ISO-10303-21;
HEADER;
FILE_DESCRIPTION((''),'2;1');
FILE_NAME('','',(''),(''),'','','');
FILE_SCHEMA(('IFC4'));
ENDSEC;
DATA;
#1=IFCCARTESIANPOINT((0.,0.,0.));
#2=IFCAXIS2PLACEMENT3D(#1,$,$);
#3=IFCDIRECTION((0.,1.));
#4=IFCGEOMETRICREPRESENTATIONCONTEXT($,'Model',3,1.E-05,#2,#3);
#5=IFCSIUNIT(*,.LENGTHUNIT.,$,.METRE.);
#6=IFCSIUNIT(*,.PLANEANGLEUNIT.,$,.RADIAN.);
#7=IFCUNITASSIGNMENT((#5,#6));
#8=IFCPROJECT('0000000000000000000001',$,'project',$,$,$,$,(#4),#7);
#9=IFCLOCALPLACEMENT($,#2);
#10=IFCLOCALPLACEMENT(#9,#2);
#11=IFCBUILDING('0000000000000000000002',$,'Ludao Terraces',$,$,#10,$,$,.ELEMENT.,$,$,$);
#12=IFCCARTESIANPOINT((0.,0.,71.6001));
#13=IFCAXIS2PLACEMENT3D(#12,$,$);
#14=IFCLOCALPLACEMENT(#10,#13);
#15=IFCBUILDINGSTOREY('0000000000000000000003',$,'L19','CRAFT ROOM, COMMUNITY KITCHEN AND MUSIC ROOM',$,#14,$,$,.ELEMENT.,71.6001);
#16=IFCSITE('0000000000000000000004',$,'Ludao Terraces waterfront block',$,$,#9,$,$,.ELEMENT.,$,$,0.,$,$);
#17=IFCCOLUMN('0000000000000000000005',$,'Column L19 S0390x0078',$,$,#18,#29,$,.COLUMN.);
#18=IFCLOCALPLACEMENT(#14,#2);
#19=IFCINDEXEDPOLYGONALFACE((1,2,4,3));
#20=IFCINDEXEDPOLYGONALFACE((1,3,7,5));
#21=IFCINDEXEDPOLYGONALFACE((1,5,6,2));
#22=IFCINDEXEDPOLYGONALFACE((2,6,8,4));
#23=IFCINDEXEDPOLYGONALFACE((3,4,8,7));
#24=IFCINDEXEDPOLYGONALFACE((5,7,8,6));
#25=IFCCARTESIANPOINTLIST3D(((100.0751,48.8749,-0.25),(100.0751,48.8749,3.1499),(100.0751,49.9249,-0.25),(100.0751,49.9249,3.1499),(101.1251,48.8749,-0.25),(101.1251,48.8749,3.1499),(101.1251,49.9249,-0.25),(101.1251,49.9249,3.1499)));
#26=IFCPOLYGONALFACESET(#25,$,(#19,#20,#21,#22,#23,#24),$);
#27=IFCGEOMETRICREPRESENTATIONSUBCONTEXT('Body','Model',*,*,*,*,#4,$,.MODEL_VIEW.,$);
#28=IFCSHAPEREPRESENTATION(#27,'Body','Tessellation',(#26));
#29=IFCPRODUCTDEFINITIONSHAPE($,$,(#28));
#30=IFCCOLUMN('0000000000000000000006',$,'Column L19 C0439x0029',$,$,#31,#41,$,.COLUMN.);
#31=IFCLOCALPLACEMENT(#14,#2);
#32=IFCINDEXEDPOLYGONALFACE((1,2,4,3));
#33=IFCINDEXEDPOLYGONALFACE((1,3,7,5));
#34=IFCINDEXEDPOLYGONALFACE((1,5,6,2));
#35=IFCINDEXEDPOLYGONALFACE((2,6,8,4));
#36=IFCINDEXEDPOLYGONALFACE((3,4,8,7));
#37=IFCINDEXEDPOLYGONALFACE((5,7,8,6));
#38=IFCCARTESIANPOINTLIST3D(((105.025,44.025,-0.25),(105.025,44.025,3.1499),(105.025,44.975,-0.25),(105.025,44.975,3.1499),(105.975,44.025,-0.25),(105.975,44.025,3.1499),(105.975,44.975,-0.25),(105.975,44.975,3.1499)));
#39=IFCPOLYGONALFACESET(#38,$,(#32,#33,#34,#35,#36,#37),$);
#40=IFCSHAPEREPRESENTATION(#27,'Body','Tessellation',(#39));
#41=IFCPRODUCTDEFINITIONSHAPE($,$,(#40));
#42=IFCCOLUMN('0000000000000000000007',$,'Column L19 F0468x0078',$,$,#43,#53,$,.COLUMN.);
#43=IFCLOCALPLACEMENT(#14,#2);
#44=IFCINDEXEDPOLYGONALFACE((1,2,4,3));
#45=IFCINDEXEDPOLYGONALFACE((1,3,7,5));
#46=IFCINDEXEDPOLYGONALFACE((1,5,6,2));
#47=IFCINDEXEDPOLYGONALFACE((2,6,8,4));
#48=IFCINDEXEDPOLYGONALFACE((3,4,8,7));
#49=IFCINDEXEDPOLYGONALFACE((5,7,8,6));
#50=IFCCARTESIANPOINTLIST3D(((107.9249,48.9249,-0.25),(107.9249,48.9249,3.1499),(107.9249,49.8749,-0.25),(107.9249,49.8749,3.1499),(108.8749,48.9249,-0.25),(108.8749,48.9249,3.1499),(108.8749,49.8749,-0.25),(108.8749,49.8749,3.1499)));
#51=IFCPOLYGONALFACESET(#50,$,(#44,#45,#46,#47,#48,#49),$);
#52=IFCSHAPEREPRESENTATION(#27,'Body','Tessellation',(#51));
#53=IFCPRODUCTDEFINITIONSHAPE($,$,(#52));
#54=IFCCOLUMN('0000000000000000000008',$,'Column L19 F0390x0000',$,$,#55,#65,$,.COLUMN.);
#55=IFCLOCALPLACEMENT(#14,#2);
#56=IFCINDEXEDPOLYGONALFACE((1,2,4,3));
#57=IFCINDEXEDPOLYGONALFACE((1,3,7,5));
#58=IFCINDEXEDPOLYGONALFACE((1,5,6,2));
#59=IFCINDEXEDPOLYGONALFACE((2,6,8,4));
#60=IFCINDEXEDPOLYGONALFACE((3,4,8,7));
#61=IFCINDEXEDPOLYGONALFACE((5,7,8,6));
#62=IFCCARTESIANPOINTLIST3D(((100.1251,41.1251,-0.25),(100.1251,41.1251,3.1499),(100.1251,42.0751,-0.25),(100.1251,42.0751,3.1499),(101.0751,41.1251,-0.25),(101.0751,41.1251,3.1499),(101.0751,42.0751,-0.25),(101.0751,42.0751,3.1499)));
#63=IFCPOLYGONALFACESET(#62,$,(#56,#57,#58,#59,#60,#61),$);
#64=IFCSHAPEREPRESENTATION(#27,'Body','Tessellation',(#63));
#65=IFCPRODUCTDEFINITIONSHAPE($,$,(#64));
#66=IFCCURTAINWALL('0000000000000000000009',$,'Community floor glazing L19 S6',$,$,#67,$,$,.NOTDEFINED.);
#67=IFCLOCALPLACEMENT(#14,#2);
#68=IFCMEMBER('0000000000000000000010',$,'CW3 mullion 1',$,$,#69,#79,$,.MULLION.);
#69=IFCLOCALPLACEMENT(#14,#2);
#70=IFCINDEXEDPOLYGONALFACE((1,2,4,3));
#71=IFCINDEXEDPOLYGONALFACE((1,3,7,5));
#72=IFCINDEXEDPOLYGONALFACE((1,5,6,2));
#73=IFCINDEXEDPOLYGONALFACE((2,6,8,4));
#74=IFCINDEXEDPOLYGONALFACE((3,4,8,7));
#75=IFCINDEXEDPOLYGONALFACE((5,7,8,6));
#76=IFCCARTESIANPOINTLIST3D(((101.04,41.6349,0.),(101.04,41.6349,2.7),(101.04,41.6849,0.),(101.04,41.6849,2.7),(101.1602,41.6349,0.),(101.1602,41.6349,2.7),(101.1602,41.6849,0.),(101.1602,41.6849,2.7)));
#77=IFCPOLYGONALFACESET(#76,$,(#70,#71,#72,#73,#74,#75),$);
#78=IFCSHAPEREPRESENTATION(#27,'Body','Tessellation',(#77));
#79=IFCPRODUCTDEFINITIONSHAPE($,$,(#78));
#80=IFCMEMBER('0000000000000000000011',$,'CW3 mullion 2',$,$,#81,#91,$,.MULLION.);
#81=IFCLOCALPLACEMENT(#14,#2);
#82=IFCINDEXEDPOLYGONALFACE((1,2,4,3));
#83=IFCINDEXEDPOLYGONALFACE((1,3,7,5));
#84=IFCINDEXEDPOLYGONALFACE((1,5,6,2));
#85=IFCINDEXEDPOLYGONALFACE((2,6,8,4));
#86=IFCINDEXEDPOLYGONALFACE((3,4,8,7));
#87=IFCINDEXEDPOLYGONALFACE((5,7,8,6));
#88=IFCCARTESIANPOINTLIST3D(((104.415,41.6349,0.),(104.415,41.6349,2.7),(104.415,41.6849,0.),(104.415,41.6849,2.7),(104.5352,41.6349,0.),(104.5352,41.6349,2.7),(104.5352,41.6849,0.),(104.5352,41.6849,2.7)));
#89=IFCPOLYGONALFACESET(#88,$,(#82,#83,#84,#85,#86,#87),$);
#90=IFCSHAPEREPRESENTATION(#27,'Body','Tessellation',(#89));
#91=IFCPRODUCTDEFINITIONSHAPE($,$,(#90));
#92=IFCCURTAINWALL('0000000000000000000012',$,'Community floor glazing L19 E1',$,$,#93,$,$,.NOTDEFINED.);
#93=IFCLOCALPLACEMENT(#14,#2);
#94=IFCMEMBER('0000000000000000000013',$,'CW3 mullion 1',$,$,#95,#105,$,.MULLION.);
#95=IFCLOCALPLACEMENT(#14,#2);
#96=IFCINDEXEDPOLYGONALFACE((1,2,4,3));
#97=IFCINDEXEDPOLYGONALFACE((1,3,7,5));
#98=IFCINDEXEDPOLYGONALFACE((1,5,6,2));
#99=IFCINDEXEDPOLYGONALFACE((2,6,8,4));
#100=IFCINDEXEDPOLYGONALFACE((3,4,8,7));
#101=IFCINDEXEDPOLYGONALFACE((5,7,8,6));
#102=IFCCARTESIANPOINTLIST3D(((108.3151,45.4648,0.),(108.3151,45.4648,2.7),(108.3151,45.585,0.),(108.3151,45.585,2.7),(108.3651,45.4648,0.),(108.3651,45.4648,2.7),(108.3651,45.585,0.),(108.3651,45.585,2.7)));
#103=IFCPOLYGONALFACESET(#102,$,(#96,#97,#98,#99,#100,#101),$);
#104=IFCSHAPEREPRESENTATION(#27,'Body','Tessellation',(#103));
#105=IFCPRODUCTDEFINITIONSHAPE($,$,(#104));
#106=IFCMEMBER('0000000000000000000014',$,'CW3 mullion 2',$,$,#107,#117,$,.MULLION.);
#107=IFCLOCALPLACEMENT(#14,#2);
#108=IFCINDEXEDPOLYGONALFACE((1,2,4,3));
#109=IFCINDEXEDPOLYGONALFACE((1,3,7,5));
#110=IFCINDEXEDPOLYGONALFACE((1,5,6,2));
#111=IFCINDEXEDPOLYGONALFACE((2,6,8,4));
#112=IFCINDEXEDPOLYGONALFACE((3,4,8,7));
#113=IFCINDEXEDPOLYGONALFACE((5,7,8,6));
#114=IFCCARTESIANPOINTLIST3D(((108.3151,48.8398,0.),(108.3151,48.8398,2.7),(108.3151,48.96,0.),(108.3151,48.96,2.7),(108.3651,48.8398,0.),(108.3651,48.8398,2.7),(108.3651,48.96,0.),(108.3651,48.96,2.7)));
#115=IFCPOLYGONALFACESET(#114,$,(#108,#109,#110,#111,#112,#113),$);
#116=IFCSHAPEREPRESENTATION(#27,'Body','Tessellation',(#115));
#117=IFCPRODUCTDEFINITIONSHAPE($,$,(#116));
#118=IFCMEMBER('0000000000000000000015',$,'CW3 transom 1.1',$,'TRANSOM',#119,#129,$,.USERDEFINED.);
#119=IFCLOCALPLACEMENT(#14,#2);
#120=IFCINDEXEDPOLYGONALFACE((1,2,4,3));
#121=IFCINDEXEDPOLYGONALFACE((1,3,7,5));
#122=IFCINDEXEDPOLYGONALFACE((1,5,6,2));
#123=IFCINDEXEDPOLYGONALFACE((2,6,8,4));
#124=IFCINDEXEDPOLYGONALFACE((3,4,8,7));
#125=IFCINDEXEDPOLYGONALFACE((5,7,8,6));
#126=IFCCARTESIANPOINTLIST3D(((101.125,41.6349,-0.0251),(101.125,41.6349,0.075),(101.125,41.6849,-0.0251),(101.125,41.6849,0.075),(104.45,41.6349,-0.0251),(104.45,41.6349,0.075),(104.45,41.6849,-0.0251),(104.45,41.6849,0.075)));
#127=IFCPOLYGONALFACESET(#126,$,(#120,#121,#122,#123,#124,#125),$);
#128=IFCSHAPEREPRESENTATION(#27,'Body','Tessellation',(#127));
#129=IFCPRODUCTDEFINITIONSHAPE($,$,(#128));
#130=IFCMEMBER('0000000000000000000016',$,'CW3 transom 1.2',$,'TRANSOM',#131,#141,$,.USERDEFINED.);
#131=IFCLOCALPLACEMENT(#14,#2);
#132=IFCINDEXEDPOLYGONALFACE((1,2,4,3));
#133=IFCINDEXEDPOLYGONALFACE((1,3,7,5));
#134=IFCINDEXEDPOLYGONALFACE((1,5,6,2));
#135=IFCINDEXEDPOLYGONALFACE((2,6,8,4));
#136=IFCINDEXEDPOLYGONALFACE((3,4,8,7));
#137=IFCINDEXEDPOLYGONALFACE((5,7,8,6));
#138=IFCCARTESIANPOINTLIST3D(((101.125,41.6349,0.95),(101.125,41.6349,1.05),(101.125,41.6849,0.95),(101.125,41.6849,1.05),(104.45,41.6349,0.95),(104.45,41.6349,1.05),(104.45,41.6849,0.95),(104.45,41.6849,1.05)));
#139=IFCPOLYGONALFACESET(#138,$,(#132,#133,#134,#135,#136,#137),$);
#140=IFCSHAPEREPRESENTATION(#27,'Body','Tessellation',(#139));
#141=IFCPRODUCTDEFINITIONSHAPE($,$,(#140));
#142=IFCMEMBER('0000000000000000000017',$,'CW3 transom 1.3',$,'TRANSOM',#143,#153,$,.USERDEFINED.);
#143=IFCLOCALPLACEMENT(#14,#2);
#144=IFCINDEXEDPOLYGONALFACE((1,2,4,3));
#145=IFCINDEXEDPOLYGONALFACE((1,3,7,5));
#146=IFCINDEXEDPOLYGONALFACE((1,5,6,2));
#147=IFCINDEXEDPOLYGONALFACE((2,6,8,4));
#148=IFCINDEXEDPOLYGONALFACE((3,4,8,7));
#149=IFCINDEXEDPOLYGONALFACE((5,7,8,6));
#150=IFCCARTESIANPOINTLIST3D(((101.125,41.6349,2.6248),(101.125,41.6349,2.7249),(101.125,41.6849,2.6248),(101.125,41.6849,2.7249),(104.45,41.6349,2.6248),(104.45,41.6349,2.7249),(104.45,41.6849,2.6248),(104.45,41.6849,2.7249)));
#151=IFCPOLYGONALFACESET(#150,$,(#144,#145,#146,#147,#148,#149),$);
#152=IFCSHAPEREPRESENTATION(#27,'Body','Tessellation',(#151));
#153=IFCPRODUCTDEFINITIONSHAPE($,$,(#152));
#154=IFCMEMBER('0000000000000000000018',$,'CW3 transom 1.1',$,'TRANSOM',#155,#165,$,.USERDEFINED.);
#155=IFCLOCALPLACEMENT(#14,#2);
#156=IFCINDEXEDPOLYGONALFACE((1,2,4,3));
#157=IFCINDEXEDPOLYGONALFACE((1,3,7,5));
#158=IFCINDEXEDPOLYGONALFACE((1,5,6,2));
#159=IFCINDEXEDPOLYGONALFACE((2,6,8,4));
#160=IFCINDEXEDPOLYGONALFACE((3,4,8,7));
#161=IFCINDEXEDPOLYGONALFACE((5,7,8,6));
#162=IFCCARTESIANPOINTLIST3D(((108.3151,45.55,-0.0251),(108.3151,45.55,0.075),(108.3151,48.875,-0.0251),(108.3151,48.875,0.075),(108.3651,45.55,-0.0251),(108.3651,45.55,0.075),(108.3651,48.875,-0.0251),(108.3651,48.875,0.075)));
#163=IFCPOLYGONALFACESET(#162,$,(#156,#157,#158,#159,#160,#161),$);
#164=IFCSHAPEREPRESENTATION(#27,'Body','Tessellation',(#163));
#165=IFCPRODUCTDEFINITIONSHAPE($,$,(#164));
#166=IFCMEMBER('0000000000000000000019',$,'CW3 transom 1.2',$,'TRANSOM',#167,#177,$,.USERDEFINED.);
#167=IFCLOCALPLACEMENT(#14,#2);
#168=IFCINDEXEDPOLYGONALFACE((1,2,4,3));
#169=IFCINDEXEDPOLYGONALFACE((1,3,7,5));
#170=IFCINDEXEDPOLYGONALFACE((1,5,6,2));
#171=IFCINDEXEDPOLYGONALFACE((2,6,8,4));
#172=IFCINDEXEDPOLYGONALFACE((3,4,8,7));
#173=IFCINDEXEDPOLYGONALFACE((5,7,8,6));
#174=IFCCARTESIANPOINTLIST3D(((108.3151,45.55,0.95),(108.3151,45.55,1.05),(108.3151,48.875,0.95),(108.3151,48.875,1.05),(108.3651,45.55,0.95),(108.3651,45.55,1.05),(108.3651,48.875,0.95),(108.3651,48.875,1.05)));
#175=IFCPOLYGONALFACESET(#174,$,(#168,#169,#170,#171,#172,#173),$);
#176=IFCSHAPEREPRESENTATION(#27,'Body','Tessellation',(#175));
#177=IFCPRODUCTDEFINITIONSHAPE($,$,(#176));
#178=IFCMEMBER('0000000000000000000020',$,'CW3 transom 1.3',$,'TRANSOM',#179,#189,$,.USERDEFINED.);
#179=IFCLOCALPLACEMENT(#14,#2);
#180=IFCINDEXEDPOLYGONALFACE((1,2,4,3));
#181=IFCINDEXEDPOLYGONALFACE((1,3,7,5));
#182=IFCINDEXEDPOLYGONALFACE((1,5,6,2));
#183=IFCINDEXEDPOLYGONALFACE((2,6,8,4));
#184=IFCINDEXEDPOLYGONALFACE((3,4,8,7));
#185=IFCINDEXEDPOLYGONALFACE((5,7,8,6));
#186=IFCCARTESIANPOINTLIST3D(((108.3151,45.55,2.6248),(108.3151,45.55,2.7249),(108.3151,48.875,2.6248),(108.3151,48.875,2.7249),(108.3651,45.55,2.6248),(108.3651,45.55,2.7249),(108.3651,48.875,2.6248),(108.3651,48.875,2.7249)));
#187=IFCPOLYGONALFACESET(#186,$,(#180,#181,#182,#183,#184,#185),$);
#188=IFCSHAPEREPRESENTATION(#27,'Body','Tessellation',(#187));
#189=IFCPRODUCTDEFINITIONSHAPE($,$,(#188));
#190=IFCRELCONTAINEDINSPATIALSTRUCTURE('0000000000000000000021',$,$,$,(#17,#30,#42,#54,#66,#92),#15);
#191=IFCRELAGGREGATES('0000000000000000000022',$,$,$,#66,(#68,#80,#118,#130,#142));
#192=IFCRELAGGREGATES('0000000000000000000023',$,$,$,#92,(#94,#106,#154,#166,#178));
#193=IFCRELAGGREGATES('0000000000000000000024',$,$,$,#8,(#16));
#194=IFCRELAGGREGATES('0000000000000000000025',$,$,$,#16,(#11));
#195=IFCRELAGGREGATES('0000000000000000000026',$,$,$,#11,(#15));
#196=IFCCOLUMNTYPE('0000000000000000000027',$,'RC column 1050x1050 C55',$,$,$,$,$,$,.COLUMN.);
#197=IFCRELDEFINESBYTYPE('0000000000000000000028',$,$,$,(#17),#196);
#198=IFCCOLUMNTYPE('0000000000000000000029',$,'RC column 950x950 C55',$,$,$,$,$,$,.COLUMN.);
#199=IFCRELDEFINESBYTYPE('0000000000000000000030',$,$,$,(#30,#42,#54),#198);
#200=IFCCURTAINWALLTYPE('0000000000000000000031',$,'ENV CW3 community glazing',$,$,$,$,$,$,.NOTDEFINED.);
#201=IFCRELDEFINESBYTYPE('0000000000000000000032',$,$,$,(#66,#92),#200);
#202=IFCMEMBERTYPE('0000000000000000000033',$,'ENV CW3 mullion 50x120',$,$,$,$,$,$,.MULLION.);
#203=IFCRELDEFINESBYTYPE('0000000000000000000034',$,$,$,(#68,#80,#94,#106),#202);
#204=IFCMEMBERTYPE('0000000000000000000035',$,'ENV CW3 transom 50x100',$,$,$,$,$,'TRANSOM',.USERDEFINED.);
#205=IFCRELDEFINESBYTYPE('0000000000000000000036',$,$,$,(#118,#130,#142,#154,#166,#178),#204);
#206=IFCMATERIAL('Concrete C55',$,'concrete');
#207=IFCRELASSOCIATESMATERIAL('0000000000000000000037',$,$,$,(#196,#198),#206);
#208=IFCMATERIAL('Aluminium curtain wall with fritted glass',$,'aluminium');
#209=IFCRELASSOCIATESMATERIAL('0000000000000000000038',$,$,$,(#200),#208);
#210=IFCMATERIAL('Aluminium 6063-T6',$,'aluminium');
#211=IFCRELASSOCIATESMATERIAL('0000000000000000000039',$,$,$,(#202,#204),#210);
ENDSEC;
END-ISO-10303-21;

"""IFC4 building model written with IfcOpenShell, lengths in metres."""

from ifc_helpers import new_model, si_unit, direction, frame, origin, origin_2d, place, context, subcontext, project, spatial, rectangle, extrude, material, material_profile, profile_set, type_object, element, aggregate, save


model = new_model("IFC4")

# Units and contexts
model_context = context("Model", 3, precision=1e-05, world=origin(), true_north=direction((0.0, 1.0)))
body_context = subcontext(model_context, "Body", "Model", "MODEL_VIEW")
ifc_project = project(units=[si_unit("LENGTHUNIT", "METRE"), si_unit("PLANEANGLEUNIT", "RADIAN")], contexts=[model_context])

# Site, building, storey
site_placement = place(None, origin())
site = spatial("IfcSite", under=ifc_project, at=site_placement, Name="Ludao Terraces waterfront block", CompositionType="ELEMENT", RefElevation=0.0)
building_placement = place(site_placement, origin())
building = spatial("IfcBuilding", under=site, at=building_placement, Name="Ludao Terraces", CompositionType="ELEMENT")
storey_placement = place(building_placement, frame((0.0, 0.0, 71.6001)))
storey = spatial("IfcBuildingStorey", under=building, at=storey_placement, Name="L19", Description="CRAFT ROOM, COMMUNITY KITCHEN AND MUSIC ROOM", CompositionType="ELEMENT", Elevation=71.6001)

# Columns
ifc_material_1 = material(Name="Concrete C55", Category="concrete")
ifc_material_profile_1 = material_profile(ifc_material_1, rectangle(XDim=1.05, YDim=1.05, at=origin_2d()), Name="1050 X 1050")
ifc_profile_set_1 = profile_set([ifc_material_profile_1], Name="Concrete C55")
column_type_1 = type_object("IfcColumnType", Name="RC column 1050x1050 C55", PredefinedType="COLUMN", material=ifc_profile_set_1)
column_placement = place(storey_placement, frame((100.6001, 49.3999, -0.25), z_axis=(0.0, 0.0, 1.0), x_axis=(1.0, 0.0, 0.0)))
element("IfcColumn", 1, at=column_placement, inside=storey, type_object=column_type_1, Name="Column L19 S0390x0078", PredefinedType="COLUMN", context=body_context, shape_type="SweptSolid", body=[
    extrude(rectangle(XDim=1.05, YDim=1.05, at=origin_2d()), origin(), (0.0, 0.0, 1.0), 3.3999),
])
ifc_material_profile_2 = material_profile(ifc_material_1, rectangle(XDim=0.95, YDim=0.95, at=origin_2d()), Name="950 X 950")
ifc_profile_set_2 = profile_set([ifc_material_profile_2], Name="Concrete C55")
column_type_2 = type_object("IfcColumnType", Name="RC column 950x950 C55", PredefinedType="COLUMN", material=ifc_profile_set_2)
for number, where, z_axis, x_axis, name in (
    (2, (105.5, 44.5, -0.25), (0.0, 0.0, 1.0), (1.0, 0.0, 0.0), "Column L19 C0439x0029"),
    (3, (108.3999, 49.3999, -0.25), (0.0, 0.0, 1.0), (1.0, 0.0, 0.0), "Column L19 F0468x0078"),
    (4, (100.6001, 41.6001, -0.25), (0.0, 0.0, 1.0), (1.0, 0.0, 0.0), "Column L19 F0390x0000"),
):
    element("IfcColumn", number, at=place(storey_placement, frame(where, z_axis=z_axis, x_axis=x_axis)), inside=storey, type_object=column_type_2, Name=name, PredefinedType="COLUMN", context=body_context, shape_type="SweptSolid", body=[
        extrude(rectangle(XDim=0.95, YDim=0.95, at=origin_2d()), origin(), (0.0, 0.0, 1.0), 3.3999),
    ])

# Curtain walls, members
ifc_material_2 = material(Name="Aluminium curtain wall with fritted glass", Category="aluminium")
curtain_wall_type = type_object("IfcCurtainWallType", Name="ENV CW3 community glazing", PredefinedType="NOTDEFINED", material=ifc_material_2)
curtain_wall_1_placement = place(storey_placement, origin())
curtain_wall_1 = element("IfcCurtainWall", 5, at=curtain_wall_1_placement, inside=storey, type_object=curtain_wall_type, Name="Community floor glazing L19 S6", PredefinedType="NOTDEFINED")
ifc_material_3 = material(Name="Aluminium 6063-T6", Category="aluminium")
ifc_material_profile_3 = material_profile(ifc_material_3, rectangle(XDim=0.05, YDim=0.1201, at=origin_2d()), Name="50 X 120")
ifc_profile_set_3 = profile_set([ifc_material_profile_3], Name="Aluminium 6063-T6")
member_type_1 = type_object("IfcMemberType", Name="ENV CW3 mullion 50x120", PredefinedType="MULLION", material=ifc_profile_set_3)
member_1_placement = place(storey_placement, frame((101.1001, 41.6599, 0.0), z_axis=(0.0, 0.0, 1.0), x_axis=(0.0, 1.0, 0.0)))
member_1 = element("IfcMember", 6, at=member_1_placement, type_object=member_type_1, Name="CW3 mullion 1", PredefinedType="MULLION", context=body_context, shape_type="SweptSolid", body=[
    extrude(rectangle(XDim=0.05, YDim=0.1201, at=origin_2d()), origin(), (0.0, 0.0, 1.0), 2.7),
])
member_2_placement = place(storey_placement, frame((104.4751, 41.6599, 0.0), z_axis=(0.0, 0.0, 1.0), x_axis=(0.0, 1.0, 0.0)))
member_2 = element("IfcMember", 7, at=member_2_placement, type_object=member_type_1, Name="CW3 mullion 2", PredefinedType="MULLION", context=body_context, shape_type="SweptSolid", body=[
    extrude(rectangle(XDim=0.05, YDim=0.1201, at=origin_2d()), origin(), (0.0, 0.0, 1.0), 2.7),
])
curtain_wall_2_placement = place(storey_placement, origin())
curtain_wall_2 = element("IfcCurtainWall", 8, at=curtain_wall_2_placement, inside=storey, type_object=curtain_wall_type, Name="Community floor glazing L19 E1", PredefinedType="NOTDEFINED")
member_3_placement = place(storey_placement, frame((108.3401, 45.5249, 0.0), z_axis=(0.0, 0.0, 1.0), x_axis=(-1.0, 0.0, 0.0)))
member_3 = element("IfcMember", 9, at=member_3_placement, type_object=member_type_1, Name="CW3 mullion 1", PredefinedType="MULLION", context=body_context, shape_type="SweptSolid", body=[
    extrude(rectangle(XDim=0.05, YDim=0.1201, at=origin_2d()), origin(), (0.0, 0.0, 1.0), 2.7),
])
member_4_placement = place(storey_placement, frame((108.3401, 48.8999, 0.0), z_axis=(0.0, 0.0, 1.0), x_axis=(-1.0, 0.0, 0.0)))
member_4 = element("IfcMember", 10, at=member_4_placement, type_object=member_type_1, Name="CW3 mullion 2", PredefinedType="MULLION", context=body_context, shape_type="SweptSolid", body=[
    extrude(rectangle(XDim=0.05, YDim=0.1201, at=origin_2d()), origin(), (0.0, 0.0, 1.0), 2.7),
])

# Members
ifc_material_profile_4 = material_profile(ifc_material_3, rectangle(XDim=0.05, YDim=0.1001, at=origin_2d()), Name="50 X 100")
ifc_profile_set_4 = profile_set([ifc_material_profile_4], Name="Aluminium 6063-T6")
member_type_2 = type_object("IfcMemberType", Name="ENV CW3 transom 50x100", ElementType="TRANSOM", PredefinedType="USERDEFINED", material=ifc_profile_set_4)
member_5_placement = place(storey_placement, frame((101.125, 41.6599, 0.0249), z_axis=(1.0, 0.0, 0.0), x_axis=(0.0, 1.0, 0.0)))
member_5 = element("IfcMember", 11, at=member_5_placement, type_object=member_type_2, Name="CW3 transom 1.1", ObjectType="TRANSOM", PredefinedType="USERDEFINED", context=body_context, shape_type="SweptSolid", body=[
    extrude(rectangle(XDim=0.05, YDim=0.1001, at=origin_2d()), origin(), (0.0, 0.0, 1.0), 3.325),
])
member_6_placement = place(storey_placement, frame((101.125, 41.6599, 1.0), z_axis=(1.0, 0.0, 0.0), x_axis=(0.0, 1.0, 0.0)))
member_6 = element("IfcMember", 12, at=member_6_placement, type_object=member_type_2, Name="CW3 transom 1.2", ObjectType="TRANSOM", PredefinedType="USERDEFINED", context=body_context, shape_type="SweptSolid", body=[
    extrude(rectangle(XDim=0.05, YDim=0.1001, at=origin_2d()), origin(), (0.0, 0.0, 1.0), 3.325),
])
member_7_placement = place(storey_placement, frame((101.125, 41.6599, 2.6748), z_axis=(1.0, 0.0, 0.0), x_axis=(0.0, 1.0, 0.0)))
member_7 = element("IfcMember", 13, at=member_7_placement, type_object=member_type_2, Name="CW3 transom 1.3", ObjectType="TRANSOM", PredefinedType="USERDEFINED", context=body_context, shape_type="SweptSolid", body=[
    extrude(rectangle(XDim=0.05, YDim=0.1001, at=origin_2d()), origin(), (0.0, 0.0, 1.0), 3.325),
])
member_8_placement = place(storey_placement, frame((108.3401, 45.55, 0.0249), z_axis=(0.0, 1.0, 0.0), x_axis=(-1.0, 0.0, 0.0)))
member_8 = element("IfcMember", 14, at=member_8_placement, type_object=member_type_2, Name="CW3 transom 1.1", ObjectType="TRANSOM", PredefinedType="USERDEFINED", context=body_context, shape_type="SweptSolid", body=[
    extrude(rectangle(XDim=0.05, YDim=0.1001, at=origin_2d()), origin(), (0.0, 0.0, 1.0), 3.325),
])
member_9_placement = place(storey_placement, frame((108.3401, 45.55, 1.0), z_axis=(0.0, 1.0, 0.0), x_axis=(-1.0, 0.0, 0.0)))
member_9 = element("IfcMember", 15, at=member_9_placement, type_object=member_type_2, Name="CW3 transom 1.2", ObjectType="TRANSOM", PredefinedType="USERDEFINED", context=body_context, shape_type="SweptSolid", body=[
    extrude(rectangle(XDim=0.05, YDim=0.1001, at=origin_2d()), origin(), (0.0, 0.0, 1.0), 3.325),
])
member_10_placement = place(storey_placement, frame((108.3401, 45.55, 2.6748), z_axis=(0.0, 1.0, 0.0), x_axis=(-1.0, 0.0, 0.0)))
member_10 = element("IfcMember", 16, at=member_10_placement, type_object=member_type_2, Name="CW3 transom 1.3", ObjectType="TRANSOM", PredefinedType="USERDEFINED", context=body_context, shape_type="SweptSolid", body=[
    extrude(rectangle(XDim=0.05, YDim=0.1001, at=origin_2d()), origin(), (0.0, 0.0, 1.0), 3.325),
])

aggregate(curtain_wall_1, [member_1, member_2, member_5, member_6, member_7])
aggregate(curtain_wall_2, [member_3, member_4, member_8, member_9, member_10])

save(model, "model.ifc")
